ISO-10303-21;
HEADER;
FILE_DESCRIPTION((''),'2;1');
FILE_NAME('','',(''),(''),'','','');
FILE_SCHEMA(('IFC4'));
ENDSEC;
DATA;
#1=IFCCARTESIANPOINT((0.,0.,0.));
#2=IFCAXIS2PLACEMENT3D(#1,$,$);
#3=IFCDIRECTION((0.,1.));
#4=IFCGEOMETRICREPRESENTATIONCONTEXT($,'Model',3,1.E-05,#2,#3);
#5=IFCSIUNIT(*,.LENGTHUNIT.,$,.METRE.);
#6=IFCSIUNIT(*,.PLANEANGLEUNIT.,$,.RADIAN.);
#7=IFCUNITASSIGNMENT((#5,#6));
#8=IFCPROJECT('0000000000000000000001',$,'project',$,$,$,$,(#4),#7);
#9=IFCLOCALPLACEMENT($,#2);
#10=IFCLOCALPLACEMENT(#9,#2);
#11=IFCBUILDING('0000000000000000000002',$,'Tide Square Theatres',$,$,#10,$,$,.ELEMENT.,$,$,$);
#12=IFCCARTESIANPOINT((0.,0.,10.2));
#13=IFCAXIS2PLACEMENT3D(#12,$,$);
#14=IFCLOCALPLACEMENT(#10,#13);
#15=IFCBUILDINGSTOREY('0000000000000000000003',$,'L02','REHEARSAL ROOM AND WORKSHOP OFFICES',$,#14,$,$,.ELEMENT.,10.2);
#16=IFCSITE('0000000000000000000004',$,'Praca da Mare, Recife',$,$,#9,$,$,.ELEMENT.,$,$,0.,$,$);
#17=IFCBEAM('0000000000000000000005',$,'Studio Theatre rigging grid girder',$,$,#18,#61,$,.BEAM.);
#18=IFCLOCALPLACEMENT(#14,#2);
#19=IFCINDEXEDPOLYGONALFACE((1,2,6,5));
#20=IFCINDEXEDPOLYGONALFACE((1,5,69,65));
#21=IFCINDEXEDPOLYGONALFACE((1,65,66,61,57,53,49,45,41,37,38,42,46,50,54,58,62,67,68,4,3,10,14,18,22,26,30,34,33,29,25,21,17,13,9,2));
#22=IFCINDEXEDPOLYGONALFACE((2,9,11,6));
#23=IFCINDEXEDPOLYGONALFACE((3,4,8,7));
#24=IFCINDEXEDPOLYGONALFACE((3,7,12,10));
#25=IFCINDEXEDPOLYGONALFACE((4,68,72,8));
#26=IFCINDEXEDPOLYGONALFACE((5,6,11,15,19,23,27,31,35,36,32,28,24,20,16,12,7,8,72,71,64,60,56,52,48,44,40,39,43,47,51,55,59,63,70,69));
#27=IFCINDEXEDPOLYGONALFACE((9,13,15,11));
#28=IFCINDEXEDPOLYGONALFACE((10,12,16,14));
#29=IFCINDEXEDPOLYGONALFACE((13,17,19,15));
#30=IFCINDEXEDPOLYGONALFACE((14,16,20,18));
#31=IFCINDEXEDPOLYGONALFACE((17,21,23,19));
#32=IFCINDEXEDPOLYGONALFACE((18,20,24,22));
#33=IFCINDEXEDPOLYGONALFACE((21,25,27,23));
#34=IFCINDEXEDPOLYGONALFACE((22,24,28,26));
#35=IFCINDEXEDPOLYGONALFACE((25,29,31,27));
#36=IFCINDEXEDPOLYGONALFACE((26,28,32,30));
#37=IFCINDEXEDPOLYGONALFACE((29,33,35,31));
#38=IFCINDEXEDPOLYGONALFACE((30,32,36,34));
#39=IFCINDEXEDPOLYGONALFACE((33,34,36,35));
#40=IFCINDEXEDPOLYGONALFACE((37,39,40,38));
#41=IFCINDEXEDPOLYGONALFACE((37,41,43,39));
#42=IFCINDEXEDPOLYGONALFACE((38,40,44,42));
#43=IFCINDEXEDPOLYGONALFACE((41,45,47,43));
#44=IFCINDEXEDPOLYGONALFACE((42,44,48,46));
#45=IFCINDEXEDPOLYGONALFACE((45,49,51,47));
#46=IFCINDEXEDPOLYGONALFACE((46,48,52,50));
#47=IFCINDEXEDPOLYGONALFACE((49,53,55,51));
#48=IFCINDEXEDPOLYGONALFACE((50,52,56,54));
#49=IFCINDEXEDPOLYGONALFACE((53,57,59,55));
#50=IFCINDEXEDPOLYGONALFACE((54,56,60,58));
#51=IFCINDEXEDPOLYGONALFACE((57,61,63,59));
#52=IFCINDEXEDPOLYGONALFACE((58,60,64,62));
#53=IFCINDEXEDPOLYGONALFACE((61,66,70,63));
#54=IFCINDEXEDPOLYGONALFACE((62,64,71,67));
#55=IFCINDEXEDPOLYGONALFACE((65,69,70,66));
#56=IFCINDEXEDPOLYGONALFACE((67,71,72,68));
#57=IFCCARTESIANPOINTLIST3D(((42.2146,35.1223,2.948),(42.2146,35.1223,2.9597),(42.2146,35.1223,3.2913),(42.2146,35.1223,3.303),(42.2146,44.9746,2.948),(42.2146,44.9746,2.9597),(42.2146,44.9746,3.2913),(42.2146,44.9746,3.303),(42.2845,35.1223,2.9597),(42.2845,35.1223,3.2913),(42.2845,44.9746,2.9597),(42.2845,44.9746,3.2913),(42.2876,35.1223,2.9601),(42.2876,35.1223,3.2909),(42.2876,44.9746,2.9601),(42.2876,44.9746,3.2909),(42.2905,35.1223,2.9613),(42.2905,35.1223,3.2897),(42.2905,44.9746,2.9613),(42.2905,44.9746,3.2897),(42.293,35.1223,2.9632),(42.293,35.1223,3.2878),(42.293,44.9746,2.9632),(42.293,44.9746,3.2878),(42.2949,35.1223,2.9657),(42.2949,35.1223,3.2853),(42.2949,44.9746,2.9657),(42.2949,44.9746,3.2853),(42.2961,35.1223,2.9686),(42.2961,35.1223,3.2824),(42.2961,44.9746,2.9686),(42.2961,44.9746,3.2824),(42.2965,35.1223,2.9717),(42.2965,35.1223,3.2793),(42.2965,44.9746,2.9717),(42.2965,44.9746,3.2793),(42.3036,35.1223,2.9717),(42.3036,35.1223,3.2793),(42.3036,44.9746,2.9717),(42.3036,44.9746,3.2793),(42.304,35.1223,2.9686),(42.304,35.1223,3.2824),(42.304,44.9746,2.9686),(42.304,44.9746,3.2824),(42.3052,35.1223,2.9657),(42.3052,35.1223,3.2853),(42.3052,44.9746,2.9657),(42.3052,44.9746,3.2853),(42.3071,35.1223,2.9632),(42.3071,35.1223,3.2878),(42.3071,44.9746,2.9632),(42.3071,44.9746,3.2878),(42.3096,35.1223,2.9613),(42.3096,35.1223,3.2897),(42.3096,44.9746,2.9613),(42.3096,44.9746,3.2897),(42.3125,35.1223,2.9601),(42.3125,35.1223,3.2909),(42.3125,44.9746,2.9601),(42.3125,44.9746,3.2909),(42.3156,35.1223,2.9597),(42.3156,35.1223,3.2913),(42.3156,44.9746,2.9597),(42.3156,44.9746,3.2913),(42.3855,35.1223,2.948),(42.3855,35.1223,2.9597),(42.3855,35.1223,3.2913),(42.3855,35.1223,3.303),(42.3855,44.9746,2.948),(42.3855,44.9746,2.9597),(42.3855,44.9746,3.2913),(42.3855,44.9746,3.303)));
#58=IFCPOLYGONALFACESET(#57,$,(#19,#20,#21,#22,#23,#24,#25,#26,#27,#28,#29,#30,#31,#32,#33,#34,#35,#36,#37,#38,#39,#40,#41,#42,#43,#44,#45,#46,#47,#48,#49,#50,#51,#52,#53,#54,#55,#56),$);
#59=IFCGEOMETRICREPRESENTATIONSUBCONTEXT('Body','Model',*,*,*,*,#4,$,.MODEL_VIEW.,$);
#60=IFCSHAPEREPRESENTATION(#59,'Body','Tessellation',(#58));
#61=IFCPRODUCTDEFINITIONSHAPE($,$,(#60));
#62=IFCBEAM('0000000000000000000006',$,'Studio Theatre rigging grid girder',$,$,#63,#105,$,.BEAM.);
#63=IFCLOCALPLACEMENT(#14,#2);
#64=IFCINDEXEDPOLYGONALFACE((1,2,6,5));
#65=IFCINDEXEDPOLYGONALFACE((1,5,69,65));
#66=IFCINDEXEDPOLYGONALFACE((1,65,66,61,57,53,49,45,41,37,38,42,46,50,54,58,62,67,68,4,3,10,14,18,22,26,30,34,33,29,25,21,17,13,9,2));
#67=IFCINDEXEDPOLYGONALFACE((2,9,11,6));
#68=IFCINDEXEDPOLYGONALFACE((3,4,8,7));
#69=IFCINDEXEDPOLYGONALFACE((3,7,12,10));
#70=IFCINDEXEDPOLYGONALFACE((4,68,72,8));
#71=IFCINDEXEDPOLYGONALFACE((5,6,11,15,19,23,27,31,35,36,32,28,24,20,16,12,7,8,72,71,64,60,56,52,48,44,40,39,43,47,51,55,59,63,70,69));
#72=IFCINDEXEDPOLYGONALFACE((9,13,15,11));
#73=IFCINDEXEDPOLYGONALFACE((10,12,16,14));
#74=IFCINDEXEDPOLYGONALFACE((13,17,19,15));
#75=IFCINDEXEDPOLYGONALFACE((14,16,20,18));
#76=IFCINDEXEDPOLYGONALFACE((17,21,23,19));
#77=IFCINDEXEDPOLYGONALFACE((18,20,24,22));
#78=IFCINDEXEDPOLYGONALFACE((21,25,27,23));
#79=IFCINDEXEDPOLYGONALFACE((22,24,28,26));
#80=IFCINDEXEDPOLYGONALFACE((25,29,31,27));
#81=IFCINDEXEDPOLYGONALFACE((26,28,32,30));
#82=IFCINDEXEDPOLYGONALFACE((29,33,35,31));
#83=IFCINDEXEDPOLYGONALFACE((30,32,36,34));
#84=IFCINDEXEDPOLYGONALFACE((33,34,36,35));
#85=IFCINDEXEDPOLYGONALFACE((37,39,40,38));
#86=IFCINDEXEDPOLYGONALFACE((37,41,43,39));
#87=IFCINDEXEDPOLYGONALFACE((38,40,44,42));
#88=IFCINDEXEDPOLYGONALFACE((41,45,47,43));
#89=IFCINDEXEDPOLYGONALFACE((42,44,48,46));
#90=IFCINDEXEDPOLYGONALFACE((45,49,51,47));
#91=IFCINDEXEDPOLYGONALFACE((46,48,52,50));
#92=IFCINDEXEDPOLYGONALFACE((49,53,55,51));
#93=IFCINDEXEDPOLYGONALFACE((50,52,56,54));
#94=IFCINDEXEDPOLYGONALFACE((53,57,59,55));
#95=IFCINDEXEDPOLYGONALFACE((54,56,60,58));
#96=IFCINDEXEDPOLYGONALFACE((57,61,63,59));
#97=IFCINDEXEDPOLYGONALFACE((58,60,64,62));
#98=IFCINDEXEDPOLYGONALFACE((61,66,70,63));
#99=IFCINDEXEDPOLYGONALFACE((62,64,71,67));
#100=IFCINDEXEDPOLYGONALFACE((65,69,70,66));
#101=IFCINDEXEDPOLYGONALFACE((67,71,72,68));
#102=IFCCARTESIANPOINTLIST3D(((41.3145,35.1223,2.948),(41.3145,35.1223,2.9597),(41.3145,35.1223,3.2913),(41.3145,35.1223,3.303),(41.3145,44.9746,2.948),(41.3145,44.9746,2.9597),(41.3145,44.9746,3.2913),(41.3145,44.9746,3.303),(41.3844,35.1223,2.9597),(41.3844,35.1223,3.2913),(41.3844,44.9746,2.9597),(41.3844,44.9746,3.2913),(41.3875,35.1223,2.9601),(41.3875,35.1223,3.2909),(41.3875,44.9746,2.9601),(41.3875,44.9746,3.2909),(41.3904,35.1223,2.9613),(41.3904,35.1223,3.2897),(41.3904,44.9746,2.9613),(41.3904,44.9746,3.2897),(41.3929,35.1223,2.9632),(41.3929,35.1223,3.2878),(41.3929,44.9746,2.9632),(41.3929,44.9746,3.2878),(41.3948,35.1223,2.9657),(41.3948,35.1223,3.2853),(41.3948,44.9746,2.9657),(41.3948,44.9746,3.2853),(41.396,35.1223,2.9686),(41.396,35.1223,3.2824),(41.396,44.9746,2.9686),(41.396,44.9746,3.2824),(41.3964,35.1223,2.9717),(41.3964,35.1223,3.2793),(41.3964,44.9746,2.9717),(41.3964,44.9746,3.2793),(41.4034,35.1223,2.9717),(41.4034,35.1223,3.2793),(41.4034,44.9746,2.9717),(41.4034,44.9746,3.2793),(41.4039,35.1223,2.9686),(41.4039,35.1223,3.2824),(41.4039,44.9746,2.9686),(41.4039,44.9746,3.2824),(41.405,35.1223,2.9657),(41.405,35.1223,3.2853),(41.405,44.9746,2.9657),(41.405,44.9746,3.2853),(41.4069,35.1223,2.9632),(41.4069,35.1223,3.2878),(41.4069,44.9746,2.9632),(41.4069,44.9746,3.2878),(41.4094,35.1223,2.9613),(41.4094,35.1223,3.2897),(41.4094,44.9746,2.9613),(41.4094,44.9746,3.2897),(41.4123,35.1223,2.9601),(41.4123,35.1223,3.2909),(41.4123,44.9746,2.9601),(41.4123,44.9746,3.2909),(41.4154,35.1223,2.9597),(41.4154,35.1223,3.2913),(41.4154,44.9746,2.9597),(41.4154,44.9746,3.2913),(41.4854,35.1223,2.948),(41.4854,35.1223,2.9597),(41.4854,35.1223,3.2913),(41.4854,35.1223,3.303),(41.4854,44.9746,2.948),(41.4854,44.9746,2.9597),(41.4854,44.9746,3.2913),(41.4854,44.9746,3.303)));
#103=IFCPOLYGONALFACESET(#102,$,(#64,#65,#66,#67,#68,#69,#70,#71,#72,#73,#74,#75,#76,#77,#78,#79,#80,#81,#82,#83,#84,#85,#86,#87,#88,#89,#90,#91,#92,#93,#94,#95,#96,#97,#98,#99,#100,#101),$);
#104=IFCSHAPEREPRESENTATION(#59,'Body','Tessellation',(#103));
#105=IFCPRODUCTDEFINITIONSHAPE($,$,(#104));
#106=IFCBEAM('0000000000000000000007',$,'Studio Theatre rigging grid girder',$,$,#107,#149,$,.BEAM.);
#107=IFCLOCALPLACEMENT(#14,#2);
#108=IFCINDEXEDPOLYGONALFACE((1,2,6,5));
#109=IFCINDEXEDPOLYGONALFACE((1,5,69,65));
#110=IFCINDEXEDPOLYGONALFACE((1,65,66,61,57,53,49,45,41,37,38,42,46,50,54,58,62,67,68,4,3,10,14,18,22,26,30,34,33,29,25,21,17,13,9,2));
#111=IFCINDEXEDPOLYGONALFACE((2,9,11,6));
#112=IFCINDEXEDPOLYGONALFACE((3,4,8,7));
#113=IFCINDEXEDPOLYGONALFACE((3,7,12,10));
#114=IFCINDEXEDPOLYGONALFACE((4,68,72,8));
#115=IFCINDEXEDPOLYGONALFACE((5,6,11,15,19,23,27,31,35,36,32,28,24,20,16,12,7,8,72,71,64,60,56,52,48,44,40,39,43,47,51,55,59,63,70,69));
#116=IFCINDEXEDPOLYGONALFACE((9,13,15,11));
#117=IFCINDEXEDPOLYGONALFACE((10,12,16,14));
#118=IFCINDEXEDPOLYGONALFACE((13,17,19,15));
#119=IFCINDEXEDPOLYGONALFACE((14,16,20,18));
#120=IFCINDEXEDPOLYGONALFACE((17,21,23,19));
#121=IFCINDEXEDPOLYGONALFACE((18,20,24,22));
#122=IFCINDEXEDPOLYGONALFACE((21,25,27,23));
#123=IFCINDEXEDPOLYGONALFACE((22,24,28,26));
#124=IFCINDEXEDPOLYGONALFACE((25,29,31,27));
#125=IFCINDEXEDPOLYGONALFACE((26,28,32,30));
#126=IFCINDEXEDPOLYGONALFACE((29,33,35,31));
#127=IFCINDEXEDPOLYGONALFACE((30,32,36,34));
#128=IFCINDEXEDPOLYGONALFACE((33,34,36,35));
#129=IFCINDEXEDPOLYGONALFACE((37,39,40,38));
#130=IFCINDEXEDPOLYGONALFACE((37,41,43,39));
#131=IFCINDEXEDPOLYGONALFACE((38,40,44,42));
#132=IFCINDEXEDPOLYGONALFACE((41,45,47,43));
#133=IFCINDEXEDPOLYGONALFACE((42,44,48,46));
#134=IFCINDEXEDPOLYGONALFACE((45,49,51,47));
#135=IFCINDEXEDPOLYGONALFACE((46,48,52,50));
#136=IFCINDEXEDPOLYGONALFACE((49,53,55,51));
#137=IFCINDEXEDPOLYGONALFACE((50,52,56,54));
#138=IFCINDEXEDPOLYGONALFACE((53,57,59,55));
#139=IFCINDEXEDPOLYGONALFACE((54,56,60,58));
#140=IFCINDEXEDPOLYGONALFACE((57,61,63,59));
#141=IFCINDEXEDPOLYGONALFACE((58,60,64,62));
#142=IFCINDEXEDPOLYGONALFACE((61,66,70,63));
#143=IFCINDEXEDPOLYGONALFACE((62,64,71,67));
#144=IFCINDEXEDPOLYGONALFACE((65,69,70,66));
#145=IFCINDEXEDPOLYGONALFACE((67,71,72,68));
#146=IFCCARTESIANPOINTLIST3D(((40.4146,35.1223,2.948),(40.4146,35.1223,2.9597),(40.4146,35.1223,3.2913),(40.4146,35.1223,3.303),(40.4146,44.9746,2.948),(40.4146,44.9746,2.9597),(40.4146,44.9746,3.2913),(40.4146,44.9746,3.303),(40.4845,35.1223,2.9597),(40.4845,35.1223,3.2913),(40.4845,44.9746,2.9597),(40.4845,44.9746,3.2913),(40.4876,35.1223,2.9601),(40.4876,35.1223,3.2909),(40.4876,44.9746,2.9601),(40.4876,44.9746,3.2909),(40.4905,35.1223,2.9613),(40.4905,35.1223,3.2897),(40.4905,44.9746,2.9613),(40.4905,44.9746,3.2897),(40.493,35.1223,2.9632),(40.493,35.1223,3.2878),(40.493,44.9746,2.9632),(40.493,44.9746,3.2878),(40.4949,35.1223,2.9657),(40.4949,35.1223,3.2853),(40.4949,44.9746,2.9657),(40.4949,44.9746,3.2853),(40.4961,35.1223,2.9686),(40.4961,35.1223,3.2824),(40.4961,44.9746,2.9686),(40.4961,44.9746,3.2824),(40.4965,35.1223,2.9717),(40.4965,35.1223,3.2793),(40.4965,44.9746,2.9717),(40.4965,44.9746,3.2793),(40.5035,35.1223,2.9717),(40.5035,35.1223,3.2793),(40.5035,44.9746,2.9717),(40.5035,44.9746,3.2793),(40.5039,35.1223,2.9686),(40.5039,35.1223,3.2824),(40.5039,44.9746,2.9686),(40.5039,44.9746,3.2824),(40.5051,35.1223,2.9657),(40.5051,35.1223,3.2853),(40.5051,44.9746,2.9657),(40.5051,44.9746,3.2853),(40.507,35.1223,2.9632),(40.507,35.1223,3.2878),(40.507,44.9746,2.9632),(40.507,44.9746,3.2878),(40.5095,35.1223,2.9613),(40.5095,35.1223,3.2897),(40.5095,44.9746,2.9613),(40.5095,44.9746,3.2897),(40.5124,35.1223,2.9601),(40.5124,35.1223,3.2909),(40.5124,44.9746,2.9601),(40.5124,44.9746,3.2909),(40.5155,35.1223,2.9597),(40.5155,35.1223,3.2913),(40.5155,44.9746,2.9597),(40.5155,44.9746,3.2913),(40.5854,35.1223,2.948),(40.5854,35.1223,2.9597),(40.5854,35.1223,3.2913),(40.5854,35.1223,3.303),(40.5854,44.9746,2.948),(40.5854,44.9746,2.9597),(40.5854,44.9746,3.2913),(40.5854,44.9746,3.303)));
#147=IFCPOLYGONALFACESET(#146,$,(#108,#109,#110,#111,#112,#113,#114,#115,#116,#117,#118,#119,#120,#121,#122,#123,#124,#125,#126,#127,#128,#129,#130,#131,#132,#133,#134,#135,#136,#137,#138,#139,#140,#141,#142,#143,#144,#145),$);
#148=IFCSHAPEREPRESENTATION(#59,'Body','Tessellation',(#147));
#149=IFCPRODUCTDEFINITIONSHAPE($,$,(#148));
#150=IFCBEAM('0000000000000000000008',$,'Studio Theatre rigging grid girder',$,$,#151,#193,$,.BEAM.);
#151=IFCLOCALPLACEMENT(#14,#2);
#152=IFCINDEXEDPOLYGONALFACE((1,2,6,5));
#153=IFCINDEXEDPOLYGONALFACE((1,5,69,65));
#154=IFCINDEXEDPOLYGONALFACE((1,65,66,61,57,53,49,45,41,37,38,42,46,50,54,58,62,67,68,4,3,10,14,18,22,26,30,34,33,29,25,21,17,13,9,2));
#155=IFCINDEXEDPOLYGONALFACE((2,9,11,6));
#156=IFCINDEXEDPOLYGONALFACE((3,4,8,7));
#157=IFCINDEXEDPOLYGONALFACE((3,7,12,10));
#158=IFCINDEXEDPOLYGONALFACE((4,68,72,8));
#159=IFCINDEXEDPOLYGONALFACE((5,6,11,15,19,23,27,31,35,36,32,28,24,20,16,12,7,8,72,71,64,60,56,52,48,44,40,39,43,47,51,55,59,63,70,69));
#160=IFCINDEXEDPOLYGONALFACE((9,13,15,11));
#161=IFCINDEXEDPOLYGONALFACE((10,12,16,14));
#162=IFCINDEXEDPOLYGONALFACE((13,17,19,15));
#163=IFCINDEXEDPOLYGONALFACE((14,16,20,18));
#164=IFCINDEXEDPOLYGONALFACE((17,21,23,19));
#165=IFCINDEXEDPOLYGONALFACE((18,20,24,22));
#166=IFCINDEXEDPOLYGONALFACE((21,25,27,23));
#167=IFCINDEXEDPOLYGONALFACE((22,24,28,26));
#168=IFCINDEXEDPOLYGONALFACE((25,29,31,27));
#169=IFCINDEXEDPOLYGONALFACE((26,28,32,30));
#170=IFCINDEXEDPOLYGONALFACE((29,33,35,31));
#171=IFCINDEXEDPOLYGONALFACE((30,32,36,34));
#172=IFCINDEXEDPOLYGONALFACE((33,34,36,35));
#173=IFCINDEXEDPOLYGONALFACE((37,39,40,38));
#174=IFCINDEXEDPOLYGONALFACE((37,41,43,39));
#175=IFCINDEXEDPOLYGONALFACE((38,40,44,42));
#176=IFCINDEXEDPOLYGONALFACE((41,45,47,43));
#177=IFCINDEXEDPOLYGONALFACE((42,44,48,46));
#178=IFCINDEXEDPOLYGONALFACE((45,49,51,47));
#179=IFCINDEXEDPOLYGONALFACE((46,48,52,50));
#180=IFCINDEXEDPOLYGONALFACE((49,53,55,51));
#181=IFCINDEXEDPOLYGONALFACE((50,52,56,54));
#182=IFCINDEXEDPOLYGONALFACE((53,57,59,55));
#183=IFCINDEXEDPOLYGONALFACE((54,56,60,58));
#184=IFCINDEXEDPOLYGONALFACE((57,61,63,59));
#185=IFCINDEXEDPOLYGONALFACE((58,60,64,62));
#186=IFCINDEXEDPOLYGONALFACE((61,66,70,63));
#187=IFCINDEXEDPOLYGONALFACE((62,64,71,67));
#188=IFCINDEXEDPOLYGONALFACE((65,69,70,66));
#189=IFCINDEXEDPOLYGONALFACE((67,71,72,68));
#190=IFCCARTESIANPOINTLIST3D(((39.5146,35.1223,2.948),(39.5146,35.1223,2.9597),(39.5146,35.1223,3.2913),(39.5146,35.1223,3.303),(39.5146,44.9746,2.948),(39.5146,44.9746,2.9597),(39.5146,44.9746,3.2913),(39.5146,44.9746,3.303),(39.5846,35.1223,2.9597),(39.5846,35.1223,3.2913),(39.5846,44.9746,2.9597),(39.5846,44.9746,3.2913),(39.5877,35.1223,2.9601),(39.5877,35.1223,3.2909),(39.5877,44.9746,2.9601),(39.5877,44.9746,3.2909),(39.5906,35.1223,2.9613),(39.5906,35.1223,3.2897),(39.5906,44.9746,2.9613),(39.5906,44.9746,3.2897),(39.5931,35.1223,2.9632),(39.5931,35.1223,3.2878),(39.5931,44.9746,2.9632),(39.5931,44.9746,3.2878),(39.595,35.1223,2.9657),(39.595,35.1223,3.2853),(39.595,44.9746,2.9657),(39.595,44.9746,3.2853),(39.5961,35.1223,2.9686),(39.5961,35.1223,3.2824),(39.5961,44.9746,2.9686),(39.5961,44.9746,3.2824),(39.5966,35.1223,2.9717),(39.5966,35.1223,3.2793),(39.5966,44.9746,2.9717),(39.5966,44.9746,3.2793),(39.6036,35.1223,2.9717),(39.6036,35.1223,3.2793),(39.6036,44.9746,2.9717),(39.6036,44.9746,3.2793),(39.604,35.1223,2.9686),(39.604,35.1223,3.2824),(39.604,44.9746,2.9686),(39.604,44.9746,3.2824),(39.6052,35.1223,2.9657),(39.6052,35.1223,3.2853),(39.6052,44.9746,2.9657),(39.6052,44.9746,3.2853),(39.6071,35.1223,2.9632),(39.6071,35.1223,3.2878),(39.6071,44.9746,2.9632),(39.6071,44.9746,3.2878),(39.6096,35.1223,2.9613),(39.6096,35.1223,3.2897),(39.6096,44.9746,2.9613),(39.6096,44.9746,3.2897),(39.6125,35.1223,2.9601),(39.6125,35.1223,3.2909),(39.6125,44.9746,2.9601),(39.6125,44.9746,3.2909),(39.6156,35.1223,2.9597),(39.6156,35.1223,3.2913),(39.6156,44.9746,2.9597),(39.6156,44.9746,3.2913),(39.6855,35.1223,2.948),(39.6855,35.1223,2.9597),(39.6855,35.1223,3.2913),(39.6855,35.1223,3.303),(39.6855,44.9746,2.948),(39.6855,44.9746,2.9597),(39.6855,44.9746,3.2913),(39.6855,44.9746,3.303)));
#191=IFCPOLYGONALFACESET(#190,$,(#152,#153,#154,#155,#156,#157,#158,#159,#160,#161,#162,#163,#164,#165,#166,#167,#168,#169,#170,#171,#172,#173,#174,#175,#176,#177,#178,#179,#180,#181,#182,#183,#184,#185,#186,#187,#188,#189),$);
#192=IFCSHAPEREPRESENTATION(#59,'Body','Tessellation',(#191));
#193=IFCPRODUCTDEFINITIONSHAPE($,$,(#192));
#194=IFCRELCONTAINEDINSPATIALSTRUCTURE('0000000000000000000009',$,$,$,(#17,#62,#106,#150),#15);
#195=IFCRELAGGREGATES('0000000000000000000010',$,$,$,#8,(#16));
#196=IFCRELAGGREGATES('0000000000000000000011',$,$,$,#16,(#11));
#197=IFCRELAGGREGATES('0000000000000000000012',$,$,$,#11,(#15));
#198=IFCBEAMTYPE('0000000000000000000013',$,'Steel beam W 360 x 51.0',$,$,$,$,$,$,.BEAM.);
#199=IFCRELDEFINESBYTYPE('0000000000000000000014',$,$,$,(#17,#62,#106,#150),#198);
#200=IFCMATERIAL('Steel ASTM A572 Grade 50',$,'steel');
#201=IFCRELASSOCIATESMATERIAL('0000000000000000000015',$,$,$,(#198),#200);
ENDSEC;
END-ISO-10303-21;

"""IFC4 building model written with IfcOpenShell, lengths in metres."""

from ifc_helpers import new_model, si_unit, direction, frame, origin, origin_2d, place, context, subcontext, project, spatial, i_section, extrude, material, material_profile, profile_set, type_object, element, save


model = new_model("IFC4")

# Units and contexts
model_context = context("Model", 3, precision=1e-05, world=origin(), true_north=direction((0.0, 1.0)))
body_context = subcontext(model_context, "Body", "Model", "MODEL_VIEW")
ifc_project = project(units=[si_unit("LENGTHUNIT", "METRE"), si_unit("PLANEANGLEUNIT", "RADIAN")], contexts=[model_context])

# Site, building, storey
site_placement = place(None, origin())
site = spatial("IfcSite", under=ifc_project, at=site_placement, Name="Praca da Mare, Recife", CompositionType="ELEMENT", RefElevation=0.0)
building_placement = place(site_placement, origin())
building = spatial("IfcBuilding", under=site, at=building_placement, Name="Tide Square Theatres", CompositionType="ELEMENT")
storey_placement = place(building_placement, frame((0.0, 0.0, 10.2)))
storey = spatial("IfcBuildingStorey", under=building, at=storey_placement, Name="L02", Description="REHEARSAL ROOM AND WORKSHOP OFFICES", CompositionType="ELEMENT", Elevation=10.2)

# Beams
ifc_material_1 = material(Name="Steel ASTM A572 Grade 50", Category="steel")
ifc_material_profile_1 = material_profile(ifc_material_1, i_section(OverallWidth=0.1709, OverallDepth=0.355, WebThickness=0.0071, FlangeThickness=0.0117, FilletRadius=0.012, at=origin_2d()))
ifc_profile_set_1 = profile_set([ifc_material_profile_1], Name="Steel ASTM A572 Grade 50")
beam_type_1 = type_object("IfcBeamType", Name="Steel beam W 360 x 51.0", PredefinedType="BEAM", material=ifc_profile_set_1)
for number, where, z_axis, x_axis, name in (
    (1, (42.3, 35.1223, 3.1255), (0.0, 1.0, 0.0), (-1.0, 0.0, 0.0), "Studio Theatre rigging grid girder"),
    (2, (41.3999, 35.1223, 3.1255), (0.0, 1.0, 0.0), (-1.0, 0.0, 0.0), "Studio Theatre rigging grid girder"),
    (3, (40.5, 35.1223, 3.1255), (0.0, 1.0, 0.0), (-1.0, 0.0, 0.0), "Studio Theatre rigging grid girder"),
    (4, (39.6001, 35.1223, 3.1255), (0.0, 1.0, 0.0), (-1.0, 0.0, 0.0), "Studio Theatre rigging grid girder"),
):
    element("IfcBeam", number, at=place(storey_placement, frame(where, z_axis=z_axis, x_axis=x_axis)), inside=storey, type_object=beam_type_1, Name=name, PredefinedType="BEAM", context=body_context, shape_type="SweptSolid", body=[
        extrude(i_section(OverallWidth=0.1709, OverallDepth=0.355, WebThickness=0.0071, FlangeThickness=0.0117, FilletRadius=0.012, at=origin_2d()), origin(), (0.0, 0.0, 1.0), 9.8523),
    ])

save(model, "model.ifc")
